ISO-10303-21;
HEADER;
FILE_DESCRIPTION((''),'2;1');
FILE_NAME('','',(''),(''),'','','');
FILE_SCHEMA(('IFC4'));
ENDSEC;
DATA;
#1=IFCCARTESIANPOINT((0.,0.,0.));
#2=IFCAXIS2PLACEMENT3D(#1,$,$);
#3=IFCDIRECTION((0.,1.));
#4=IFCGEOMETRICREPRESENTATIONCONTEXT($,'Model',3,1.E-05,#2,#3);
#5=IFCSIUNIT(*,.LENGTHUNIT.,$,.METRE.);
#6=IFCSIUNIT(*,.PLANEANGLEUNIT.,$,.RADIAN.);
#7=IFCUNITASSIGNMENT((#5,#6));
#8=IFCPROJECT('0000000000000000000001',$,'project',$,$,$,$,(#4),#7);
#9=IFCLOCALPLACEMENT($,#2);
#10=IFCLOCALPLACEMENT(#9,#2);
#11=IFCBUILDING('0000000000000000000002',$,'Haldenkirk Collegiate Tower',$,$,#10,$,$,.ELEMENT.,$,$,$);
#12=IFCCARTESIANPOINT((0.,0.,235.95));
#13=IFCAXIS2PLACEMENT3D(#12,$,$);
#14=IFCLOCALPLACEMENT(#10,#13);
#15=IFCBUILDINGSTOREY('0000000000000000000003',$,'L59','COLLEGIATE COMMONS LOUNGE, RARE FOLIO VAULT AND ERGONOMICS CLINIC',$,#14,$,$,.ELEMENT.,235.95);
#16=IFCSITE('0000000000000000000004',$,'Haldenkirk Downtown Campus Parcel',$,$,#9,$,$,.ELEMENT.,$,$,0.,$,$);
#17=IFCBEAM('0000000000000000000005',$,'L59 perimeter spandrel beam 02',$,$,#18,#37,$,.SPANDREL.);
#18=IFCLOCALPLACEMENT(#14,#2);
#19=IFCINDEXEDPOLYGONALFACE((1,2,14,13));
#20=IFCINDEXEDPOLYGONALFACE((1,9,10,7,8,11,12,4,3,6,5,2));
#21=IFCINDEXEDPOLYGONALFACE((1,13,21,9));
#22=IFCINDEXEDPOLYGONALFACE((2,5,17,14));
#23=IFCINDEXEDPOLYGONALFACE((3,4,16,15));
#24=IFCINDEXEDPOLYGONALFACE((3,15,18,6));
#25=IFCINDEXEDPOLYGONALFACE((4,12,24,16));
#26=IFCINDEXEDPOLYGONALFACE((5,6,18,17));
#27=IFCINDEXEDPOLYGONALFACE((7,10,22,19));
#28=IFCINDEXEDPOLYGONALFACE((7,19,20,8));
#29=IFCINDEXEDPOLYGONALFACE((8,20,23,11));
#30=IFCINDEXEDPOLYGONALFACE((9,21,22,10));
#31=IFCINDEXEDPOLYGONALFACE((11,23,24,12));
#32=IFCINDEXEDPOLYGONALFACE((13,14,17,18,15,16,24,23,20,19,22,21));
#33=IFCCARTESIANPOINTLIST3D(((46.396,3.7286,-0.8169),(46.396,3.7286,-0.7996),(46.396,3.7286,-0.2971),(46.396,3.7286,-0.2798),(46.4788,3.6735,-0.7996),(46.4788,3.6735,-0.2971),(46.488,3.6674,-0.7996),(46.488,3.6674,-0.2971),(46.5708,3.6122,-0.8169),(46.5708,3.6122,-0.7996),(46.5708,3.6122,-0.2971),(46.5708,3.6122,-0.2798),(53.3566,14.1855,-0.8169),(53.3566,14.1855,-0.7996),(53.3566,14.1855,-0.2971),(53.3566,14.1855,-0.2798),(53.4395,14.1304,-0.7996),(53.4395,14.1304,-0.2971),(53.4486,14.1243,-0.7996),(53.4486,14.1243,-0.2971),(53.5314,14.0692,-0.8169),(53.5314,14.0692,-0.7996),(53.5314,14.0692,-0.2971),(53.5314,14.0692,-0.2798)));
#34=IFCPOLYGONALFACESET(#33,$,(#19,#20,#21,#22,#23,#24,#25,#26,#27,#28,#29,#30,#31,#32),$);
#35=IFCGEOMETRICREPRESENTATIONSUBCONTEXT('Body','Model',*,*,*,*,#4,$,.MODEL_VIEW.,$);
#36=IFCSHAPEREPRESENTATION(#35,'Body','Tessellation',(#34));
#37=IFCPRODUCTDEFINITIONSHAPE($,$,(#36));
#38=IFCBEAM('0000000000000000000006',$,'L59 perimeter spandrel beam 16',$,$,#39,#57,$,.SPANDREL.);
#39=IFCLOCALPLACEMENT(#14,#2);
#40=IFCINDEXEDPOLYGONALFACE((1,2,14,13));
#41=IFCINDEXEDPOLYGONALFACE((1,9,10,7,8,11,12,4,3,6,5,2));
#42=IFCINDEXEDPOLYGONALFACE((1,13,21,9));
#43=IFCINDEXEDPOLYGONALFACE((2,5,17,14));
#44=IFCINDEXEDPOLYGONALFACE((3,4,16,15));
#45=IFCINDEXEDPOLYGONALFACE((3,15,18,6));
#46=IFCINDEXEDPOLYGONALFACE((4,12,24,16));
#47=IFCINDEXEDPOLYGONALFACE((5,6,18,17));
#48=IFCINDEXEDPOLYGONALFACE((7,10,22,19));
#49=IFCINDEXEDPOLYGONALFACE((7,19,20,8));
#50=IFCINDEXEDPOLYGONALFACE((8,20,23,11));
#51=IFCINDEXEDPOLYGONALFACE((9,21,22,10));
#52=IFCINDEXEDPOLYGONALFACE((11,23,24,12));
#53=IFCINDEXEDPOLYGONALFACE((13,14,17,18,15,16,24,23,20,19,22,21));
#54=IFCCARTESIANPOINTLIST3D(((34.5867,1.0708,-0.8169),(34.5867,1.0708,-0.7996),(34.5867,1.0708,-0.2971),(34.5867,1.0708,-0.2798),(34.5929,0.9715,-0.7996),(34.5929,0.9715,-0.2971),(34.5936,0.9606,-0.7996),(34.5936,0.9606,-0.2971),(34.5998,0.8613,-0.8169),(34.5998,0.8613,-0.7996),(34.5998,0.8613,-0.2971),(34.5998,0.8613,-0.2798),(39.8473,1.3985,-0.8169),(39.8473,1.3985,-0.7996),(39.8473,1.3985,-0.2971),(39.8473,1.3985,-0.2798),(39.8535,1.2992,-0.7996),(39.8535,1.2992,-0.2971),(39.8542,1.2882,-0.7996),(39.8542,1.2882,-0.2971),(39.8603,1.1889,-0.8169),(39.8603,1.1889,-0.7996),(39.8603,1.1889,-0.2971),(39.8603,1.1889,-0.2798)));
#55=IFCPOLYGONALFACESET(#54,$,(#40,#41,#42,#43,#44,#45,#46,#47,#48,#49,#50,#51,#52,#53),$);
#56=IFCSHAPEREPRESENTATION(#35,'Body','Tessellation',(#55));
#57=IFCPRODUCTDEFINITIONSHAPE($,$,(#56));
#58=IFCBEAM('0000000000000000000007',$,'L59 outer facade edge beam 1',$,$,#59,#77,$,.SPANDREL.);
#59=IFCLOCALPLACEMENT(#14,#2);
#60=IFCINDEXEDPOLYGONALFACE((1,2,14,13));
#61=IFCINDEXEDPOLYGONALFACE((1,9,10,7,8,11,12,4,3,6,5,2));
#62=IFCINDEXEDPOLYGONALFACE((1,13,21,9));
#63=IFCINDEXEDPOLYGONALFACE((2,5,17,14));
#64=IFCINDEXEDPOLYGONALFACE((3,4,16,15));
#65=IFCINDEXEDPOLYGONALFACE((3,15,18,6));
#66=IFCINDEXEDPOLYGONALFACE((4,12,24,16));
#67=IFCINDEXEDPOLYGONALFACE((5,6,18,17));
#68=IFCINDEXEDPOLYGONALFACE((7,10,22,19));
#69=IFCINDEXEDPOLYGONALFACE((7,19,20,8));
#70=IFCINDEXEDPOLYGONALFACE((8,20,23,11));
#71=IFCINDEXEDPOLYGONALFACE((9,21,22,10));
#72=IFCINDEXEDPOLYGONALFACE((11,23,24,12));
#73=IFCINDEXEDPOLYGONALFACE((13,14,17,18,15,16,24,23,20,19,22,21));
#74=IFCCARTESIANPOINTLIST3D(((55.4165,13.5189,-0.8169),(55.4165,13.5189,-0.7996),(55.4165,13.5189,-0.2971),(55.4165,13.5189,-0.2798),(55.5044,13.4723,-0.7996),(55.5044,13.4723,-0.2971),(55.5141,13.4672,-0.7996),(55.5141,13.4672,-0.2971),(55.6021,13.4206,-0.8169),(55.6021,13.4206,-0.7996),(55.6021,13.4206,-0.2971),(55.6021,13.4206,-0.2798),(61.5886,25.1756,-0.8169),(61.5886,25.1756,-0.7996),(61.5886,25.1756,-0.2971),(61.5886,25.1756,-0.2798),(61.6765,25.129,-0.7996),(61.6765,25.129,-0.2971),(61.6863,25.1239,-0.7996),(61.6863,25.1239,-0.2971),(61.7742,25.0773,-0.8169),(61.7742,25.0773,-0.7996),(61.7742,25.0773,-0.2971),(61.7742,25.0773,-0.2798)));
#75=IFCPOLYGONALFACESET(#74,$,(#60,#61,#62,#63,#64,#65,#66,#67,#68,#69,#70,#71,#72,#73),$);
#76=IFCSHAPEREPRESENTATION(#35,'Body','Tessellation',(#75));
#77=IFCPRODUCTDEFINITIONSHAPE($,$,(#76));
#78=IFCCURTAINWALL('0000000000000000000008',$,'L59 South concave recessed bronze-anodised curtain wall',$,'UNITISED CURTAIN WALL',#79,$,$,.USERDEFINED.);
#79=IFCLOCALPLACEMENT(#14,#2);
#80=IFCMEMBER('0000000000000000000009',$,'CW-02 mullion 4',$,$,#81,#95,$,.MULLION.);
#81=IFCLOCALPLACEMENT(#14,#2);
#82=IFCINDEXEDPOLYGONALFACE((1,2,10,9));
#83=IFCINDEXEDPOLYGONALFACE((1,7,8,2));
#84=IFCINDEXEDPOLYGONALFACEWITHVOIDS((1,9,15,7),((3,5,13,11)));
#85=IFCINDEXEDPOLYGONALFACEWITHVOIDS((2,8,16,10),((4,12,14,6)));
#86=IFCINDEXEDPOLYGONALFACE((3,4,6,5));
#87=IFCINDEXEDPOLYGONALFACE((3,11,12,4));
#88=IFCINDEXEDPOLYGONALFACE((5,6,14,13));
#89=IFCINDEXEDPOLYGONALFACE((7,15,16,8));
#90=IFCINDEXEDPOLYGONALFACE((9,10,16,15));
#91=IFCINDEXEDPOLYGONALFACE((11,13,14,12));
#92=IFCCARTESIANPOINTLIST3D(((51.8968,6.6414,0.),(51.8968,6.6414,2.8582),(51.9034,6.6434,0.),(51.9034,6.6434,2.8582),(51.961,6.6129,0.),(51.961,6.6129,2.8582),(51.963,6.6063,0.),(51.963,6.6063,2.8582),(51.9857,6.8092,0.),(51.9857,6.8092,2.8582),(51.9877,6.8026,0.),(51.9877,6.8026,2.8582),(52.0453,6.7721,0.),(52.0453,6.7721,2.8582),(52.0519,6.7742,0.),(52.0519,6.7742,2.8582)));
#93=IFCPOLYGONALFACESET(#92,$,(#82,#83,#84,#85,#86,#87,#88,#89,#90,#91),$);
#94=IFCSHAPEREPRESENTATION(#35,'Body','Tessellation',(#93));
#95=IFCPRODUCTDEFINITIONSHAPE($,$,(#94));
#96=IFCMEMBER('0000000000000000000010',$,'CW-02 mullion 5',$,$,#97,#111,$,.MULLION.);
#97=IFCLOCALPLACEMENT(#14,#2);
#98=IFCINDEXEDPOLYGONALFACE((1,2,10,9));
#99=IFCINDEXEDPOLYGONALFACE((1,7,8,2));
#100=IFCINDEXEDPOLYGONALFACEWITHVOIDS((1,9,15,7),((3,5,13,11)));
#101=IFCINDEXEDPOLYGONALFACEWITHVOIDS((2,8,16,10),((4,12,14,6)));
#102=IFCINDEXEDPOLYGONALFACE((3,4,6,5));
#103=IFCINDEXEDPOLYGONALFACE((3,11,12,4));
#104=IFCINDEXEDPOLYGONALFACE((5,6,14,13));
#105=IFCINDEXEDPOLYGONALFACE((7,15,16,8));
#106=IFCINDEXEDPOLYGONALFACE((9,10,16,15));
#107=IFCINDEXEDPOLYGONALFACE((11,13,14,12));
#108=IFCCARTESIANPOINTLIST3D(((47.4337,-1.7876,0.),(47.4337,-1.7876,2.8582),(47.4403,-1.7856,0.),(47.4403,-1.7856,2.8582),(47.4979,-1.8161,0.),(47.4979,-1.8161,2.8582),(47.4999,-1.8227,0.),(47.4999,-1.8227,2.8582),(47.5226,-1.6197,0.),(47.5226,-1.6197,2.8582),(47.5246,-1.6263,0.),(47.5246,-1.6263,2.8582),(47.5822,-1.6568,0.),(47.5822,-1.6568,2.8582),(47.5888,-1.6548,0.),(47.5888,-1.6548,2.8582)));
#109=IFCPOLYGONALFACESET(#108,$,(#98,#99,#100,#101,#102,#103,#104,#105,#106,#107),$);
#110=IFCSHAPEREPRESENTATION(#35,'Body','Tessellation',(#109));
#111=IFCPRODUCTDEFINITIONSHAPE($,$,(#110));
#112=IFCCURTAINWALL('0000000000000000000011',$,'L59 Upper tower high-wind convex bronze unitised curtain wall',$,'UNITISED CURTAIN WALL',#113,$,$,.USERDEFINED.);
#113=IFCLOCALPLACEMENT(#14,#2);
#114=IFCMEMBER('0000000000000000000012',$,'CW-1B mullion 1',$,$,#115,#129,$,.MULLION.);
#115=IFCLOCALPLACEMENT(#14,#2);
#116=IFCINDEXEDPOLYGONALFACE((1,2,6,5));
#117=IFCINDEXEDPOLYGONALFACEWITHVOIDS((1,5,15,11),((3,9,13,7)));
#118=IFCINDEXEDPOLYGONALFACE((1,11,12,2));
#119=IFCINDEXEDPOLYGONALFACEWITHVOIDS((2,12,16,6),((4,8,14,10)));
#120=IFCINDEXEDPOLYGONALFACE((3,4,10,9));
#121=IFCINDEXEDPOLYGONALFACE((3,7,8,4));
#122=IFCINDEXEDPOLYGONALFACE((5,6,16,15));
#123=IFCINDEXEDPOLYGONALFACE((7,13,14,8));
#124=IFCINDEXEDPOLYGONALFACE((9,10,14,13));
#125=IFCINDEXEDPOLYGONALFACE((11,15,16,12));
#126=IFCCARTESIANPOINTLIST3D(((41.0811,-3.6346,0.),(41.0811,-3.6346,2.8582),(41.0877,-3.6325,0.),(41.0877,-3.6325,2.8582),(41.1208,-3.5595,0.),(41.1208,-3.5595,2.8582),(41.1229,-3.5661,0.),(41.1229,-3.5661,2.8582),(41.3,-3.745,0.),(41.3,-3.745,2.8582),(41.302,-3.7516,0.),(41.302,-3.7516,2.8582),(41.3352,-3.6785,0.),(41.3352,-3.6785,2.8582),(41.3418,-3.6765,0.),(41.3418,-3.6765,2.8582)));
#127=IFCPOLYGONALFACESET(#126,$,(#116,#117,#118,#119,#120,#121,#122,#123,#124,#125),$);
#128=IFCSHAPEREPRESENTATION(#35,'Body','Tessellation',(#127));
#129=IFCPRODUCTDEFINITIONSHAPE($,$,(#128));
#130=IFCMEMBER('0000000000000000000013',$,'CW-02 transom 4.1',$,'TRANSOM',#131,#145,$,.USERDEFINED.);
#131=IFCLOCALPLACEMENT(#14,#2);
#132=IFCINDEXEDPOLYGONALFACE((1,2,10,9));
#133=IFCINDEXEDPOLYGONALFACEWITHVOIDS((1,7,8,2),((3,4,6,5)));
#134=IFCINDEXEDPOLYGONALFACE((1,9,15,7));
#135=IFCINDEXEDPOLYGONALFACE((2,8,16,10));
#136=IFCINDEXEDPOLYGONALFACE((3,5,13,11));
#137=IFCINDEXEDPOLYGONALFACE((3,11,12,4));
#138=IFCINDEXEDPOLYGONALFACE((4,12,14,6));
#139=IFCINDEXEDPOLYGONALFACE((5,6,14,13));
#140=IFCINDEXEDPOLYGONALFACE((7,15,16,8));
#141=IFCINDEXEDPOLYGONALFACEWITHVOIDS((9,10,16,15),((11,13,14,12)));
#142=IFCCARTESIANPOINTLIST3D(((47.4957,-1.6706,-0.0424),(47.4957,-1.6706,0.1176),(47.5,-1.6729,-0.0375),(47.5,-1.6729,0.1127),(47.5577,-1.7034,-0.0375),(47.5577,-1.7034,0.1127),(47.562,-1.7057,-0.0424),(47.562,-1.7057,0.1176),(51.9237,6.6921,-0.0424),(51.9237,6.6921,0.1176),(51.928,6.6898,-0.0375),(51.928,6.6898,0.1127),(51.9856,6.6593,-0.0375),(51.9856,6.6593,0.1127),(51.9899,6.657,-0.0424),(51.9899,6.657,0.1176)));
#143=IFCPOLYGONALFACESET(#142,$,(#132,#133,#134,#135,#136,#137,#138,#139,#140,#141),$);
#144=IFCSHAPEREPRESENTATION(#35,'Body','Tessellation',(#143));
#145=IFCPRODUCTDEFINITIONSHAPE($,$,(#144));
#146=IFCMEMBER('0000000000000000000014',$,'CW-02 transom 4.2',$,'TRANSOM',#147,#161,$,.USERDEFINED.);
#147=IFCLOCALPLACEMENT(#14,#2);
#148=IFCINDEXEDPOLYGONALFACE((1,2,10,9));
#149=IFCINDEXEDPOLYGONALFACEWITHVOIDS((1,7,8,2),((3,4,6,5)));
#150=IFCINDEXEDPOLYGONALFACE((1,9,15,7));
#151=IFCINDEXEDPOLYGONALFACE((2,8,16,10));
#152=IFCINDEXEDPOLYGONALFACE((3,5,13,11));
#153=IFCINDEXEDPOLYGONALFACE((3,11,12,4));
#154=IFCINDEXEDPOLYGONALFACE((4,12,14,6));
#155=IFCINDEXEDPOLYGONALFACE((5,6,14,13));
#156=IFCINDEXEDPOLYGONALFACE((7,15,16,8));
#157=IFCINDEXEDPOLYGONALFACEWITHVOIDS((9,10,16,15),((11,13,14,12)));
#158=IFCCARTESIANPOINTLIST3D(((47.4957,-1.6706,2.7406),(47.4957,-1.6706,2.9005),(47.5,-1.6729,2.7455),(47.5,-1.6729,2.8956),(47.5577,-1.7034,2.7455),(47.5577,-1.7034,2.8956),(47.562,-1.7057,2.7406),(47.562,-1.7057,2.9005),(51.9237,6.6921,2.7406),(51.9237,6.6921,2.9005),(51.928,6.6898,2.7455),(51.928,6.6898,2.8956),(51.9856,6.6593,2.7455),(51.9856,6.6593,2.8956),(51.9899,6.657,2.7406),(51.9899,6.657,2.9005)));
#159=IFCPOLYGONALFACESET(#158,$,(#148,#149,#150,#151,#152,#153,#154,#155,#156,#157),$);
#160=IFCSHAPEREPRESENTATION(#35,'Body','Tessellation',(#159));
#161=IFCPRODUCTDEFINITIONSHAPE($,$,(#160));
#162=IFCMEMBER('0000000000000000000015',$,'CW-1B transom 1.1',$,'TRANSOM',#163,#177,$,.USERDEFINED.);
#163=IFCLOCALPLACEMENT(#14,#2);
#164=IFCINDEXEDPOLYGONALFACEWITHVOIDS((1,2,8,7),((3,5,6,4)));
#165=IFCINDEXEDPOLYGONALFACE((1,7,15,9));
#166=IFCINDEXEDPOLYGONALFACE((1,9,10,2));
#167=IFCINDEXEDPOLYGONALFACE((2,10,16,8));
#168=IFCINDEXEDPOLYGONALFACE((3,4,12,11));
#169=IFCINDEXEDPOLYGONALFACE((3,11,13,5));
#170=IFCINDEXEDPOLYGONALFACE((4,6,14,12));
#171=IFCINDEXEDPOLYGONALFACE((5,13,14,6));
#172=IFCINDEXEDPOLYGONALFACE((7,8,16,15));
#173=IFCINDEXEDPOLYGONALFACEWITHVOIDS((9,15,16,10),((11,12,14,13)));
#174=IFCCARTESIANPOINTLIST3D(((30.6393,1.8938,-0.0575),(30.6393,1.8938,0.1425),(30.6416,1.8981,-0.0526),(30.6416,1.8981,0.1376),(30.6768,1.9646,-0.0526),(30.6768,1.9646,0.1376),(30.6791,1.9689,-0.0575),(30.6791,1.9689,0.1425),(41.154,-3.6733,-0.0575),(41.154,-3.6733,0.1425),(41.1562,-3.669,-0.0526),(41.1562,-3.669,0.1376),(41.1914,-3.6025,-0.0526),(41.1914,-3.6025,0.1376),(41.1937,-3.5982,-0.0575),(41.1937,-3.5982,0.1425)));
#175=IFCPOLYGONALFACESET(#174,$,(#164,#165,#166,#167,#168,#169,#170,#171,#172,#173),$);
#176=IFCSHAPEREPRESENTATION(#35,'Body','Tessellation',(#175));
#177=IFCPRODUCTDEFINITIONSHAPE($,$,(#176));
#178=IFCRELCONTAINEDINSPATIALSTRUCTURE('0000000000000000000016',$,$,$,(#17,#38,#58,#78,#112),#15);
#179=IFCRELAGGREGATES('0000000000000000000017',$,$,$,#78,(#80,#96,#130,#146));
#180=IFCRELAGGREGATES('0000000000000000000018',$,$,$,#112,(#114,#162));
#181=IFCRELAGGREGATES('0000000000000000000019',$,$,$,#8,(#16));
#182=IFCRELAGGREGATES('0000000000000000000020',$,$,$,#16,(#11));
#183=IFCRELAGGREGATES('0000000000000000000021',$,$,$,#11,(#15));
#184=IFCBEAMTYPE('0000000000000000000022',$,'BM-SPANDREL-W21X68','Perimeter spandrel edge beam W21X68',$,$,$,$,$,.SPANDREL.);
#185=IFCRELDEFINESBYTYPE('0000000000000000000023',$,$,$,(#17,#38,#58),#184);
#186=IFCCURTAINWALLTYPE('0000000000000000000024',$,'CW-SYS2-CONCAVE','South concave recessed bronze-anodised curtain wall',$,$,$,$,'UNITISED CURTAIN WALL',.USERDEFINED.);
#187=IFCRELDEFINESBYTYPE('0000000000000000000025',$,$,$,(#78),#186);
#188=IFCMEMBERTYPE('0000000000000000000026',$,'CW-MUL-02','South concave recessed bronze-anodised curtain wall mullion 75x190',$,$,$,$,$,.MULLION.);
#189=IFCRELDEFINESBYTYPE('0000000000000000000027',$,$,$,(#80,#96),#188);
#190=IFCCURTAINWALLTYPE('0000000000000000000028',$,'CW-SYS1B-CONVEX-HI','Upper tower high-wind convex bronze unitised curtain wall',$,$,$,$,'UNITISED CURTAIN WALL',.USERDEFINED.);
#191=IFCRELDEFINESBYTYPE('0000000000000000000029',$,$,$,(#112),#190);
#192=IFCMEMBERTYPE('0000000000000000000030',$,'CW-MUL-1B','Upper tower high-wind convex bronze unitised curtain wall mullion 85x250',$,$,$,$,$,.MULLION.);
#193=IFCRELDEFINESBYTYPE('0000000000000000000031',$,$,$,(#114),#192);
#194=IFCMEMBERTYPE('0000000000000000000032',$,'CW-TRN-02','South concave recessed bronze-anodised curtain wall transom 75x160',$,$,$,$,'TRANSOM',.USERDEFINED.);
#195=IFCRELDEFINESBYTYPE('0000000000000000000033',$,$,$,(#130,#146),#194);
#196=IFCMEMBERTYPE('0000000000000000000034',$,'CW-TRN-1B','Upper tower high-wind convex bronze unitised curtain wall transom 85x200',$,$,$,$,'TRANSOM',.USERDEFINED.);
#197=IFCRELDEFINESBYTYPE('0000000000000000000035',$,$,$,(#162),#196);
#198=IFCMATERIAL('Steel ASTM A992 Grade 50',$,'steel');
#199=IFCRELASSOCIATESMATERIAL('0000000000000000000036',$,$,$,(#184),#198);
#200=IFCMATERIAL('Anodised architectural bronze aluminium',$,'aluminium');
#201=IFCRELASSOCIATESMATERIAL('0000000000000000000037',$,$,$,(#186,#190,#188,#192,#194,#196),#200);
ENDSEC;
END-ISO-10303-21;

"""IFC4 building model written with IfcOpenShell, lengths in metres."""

from ifc_helpers import new_model, si_unit, direction, frame, origin, origin_2d, place, context, subcontext, project, spatial, hollow_rectangle, i_section, extrude, material, material_profile, profile_set, type_object, element, aggregate, save


model = new_model("IFC4")

# Units and contexts
model_context = context("Model", 3, precision=1e-05, world=origin(), true_north=direction((0.0, 1.0)))
body_context = subcontext(model_context, "Body", "Model", "MODEL_VIEW")
ifc_project = project(units=[si_unit("LENGTHUNIT", "METRE"), si_unit("PLANEANGLEUNIT", "RADIAN")], contexts=[model_context])

# Site, building, storey
site_placement = place(None, origin())
site = spatial("IfcSite", under=ifc_project, at=site_placement, Name="Haldenkirk Downtown Campus Parcel", CompositionType="ELEMENT", RefElevation=0.0)
building_placement = place(site_placement, origin())
building = spatial("IfcBuilding", under=site, at=building_placement, Name="Haldenkirk Collegiate Tower", CompositionType="ELEMENT")
storey_placement = place(building_placement, frame((0.0, 0.0, 235.95)))
storey = spatial("IfcBuildingStorey", under=building, at=storey_placement, Name="L59", Description="COLLEGIATE COMMONS LOUNGE, RARE FOLIO VAULT AND ERGONOMICS CLINIC", CompositionType="ELEMENT", Elevation=235.95)

# Beams
ifc_material_1 = material(Name="Steel ASTM A992 Grade 50", Category="steel")
ifc_material_profile_1 = material_profile(ifc_material_1, i_section(OverallWidth=0.21, OverallDepth=0.5371, WebThickness=0.011, FlangeThickness=0.0173, at=origin_2d()), Name="W21X68")
ifc_profile_set_1 = profile_set([ifc_material_profile_1], Name="Steel ASTM A992 Grade 50")
beam_type_1 = type_object("IfcBeamType", Name="BM-SPANDREL-W21X68", Description="Perimeter spandrel edge beam W21X68", PredefinedType="SPANDREL", material=ifc_profile_set_1)
beam_1_placement = place(storey_placement, frame((46.4834, 3.6704, -0.5483), z_axis=(0.554113, 0.832442, 0.0), x_axis=(-0.832442, 0.554113, 0.0)))
element("IfcBeam", 1, at=beam_1_placement, inside=storey, type_object=beam_type_1, Name="L59 perimeter spandrel beam 02", PredefinedType="SPANDREL", context=body_context, shape_type="SweptSolid", body=[
    extrude(i_section(OverallWidth=0.21, OverallDepth=0.5371, WebThickness=0.011, FlangeThickness=0.0173, at=origin_2d()), origin(), (0.0, 0.0, 1.0), 12.5618),
])
beam_2_placement = place(storey_placement, frame((34.5933, 0.9661, -0.5483), z_axis=(0.998066, 0.062162, 0.0), x_axis=(-0.062162, 0.998066, 0.0)))
element("IfcBeam", 2, at=beam_2_placement, inside=storey, type_object=beam_type_1, Name="L59 perimeter spandrel beam 16", PredefinedType="SPANDREL", context=body_context, shape_type="SweptSolid", body=[
    extrude(i_section(OverallWidth=0.21, OverallDepth=0.5371, WebThickness=0.011, FlangeThickness=0.0173, at=origin_2d()), origin(), (0.0, 0.0, 1.0), 5.2708),
])
beam_3_placement = place(storey_placement, frame((55.5093, 13.4697, -0.5483), z_axis=(0.467941, 0.88376, 0.0), x_axis=(-0.88376, 0.467941, 0.0)))
element("IfcBeam", 3, at=beam_3_placement, inside=storey, type_object=beam_type_1, Name="L59 outer facade edge beam 1", PredefinedType="SPANDREL", context=body_context, shape_type="SweptSolid", body=[
    extrude(i_section(OverallWidth=0.21, OverallDepth=0.5371, WebThickness=0.011, FlangeThickness=0.0173, at=origin_2d()), origin(), (0.0, 0.0, 1.0), 13.1899),
])

# Curtain wall, members
ifc_material_2 = material(Name="Anodised architectural bronze aluminium", Category="aluminium")
curtain_wall_type_1 = type_object("IfcCurtainWallType", Name="CW-SYS2-CONCAVE", Description="South concave recessed bronze-anodised curtain wall", ElementType="UNITISED CURTAIN WALL", PredefinedType="USERDEFINED", material=ifc_material_2)
curtain_wall_1_placement = place(storey_placement, origin())
curtain_wall_1 = element("IfcCurtainWall", 4, at=curtain_wall_1_placement, inside=storey, type_object=curtain_wall_type_1, Name="L59 South concave recessed bronze-anodised curtain wall", ObjectType="UNITISED CURTAIN WALL", PredefinedType="USERDEFINED")
ifc_material_profile_2 = material_profile(ifc_material_2, hollow_rectangle(XDim=0.075, YDim=0.1899, WallThickness=0.0049, at=origin_2d()), Name="CW-MUL-02")
ifc_profile_set_2 = profile_set([ifc_material_profile_2], Name="Anodised architectural bronze aluminium")
member_type_1 = type_object("IfcMemberType", Name="CW-MUL-02", Description="South concave recessed bronze-anodised curtain wall mullion 75x190", PredefinedType="MULLION", material=ifc_profile_set_2)
member_1_placement = place(storey_placement, frame((51.9744, 6.7078, 0.0), z_axis=(0.0, 0.0, 1.0), x_axis=(0.883765, -0.467932, 0.0)))
member_1 = element("IfcMember", 5, at=member_1_placement, type_object=member_type_1, Name="CW-02 mullion 4", PredefinedType="MULLION", context=body_context, shape_type="SweptSolid", body=[
    extrude(hollow_rectangle(XDim=0.075, YDim=0.1899, WallThickness=0.0049, at=origin_2d()), origin(), (0.0, 0.0, 1.0), 2.8582),
])
member_2_placement = place(storey_placement, frame((47.5112, -1.7212, 0.0), z_axis=(0.0, 0.0, 1.0), x_axis=(0.883765, -0.467932, 0.0)))
member_2 = element("IfcMember", 6, at=member_2_placement, type_object=member_type_1, Name="CW-02 mullion 5", PredefinedType="MULLION", context=body_context, shape_type="SweptSolid", body=[
    extrude(hollow_rectangle(XDim=0.075, YDim=0.1899, WallThickness=0.0049, at=origin_2d()), origin(), (0.0, 0.0, 1.0), 2.8582),
])

# Curtain wall, member
curtain_wall_type_2 = type_object("IfcCurtainWallType", Name="CW-SYS1B-CONVEX-HI", Description="Upper tower high-wind convex bronze unitised curtain wall", ElementType="UNITISED CURTAIN WALL", PredefinedType="USERDEFINED", material=ifc_material_2)
curtain_wall_2_placement = place(storey_placement, origin())
curtain_wall_2 = element("IfcCurtainWall", 7, at=curtain_wall_2_placement, inside=storey, type_object=curtain_wall_type_2, Name="L59 Upper tower high-wind convex bronze unitised curtain wall", ObjectType="UNITISED CURTAIN WALL", PredefinedType="USERDEFINED")
ifc_material_profile_3 = material_profile(ifc_material_2, hollow_rectangle(XDim=0.085, YDim=0.25, WallThickness=0.0049, at=origin_2d()), Name="CW-MUL-1B")
ifc_profile_set_3 = profile_set([ifc_material_profile_3], Name="Anodised architectural bronze aluminium")
member_type_2 = type_object("IfcMemberType", Name="CW-MUL-1B", Description="Upper tower high-wind convex bronze unitised curtain wall mullion 85x250", PredefinedType="MULLION", material=ifc_profile_set_3)
member_3_placement = place(storey_placement, frame((41.2114, -3.6555, 0.0), z_axis=(0.0, 0.0, 1.0), x_axis=(-0.467931, -0.883765, 0.0)))
member_3 = element("IfcMember", 8, at=member_3_placement, type_object=member_type_2, Name="CW-1B mullion 1", PredefinedType="MULLION", context=body_context, shape_type="SweptSolid", body=[
    extrude(hollow_rectangle(XDim=0.085, YDim=0.25, WallThickness=0.0049, at=origin_2d()), origin(), (0.0, 0.0, 1.0), 2.8582),
])

# Members
ifc_material_profile_4 = material_profile(ifc_material_2, hollow_rectangle(XDim=0.075, YDim=0.1599, WallThickness=0.0049, at=origin_2d()), Name="CW-TRN-02")
ifc_profile_set_4 = profile_set([ifc_material_profile_4], Name="Anodised architectural bronze aluminium")
member_type_3 = type_object("IfcMemberType", Name="CW-TRN-02", Description="South concave recessed bronze-anodised curtain wall transom 75x160", ElementType="TRANSOM", PredefinedType="USERDEFINED", material=ifc_profile_set_4)
member_4_placement = place(storey_placement, frame((51.9568, 6.6746, 0.0376), z_axis=(-0.467939, -0.883761, 0.0), x_axis=(0.883761, -0.467939, 0.0)))
member_4 = element("IfcMember", 9, at=member_4_placement, type_object=member_type_3, Name="CW-02 transom 4.1", ObjectType="TRANSOM", PredefinedType="USERDEFINED", context=body_context, shape_type="SweptSolid", body=[
    extrude(hollow_rectangle(XDim=0.075, YDim=0.1599, WallThickness=0.0049, at=origin_2d()), origin(), (0.0, 0.0, 1.0), 9.4626),
])
member_5_placement = place(storey_placement, frame((51.9568, 6.6746, 2.8206), z_axis=(-0.467939, -0.883761, 0.0), x_axis=(0.883761, -0.467939, 0.0)))
member_5 = element("IfcMember", 10, at=member_5_placement, type_object=member_type_3, Name="CW-02 transom 4.2", ObjectType="TRANSOM", PredefinedType="USERDEFINED", context=body_context, shape_type="SweptSolid", body=[
    extrude(hollow_rectangle(XDim=0.075, YDim=0.1599, WallThickness=0.0049, at=origin_2d()), origin(), (0.0, 0.0, 1.0), 9.4626),
])
ifc_material_profile_5 = material_profile(ifc_material_2, hollow_rectangle(XDim=0.085, YDim=0.2, WallThickness=0.0049, at=origin_2d()), Name="CW-TRN-1B")
ifc_profile_set_5 = profile_set([ifc_material_profile_5], Name="Anodised architectural bronze aluminium")
member_type_4 = type_object("IfcMemberType", Name="CW-TRN-1B", Description="Upper tower high-wind convex bronze unitised curtain wall transom 85x200", ElementType="TRANSOM", PredefinedType="USERDEFINED", material=ifc_profile_set_5)
member_6_placement = place(storey_placement, frame((41.1738, -3.6357, 0.0425), z_axis=(-0.883768, 0.467924, 0.0), x_axis=(-0.467924, -0.883768, 0.0)))
member_6 = element("IfcMember", 11, at=member_6_placement, type_object=member_type_4, Name="CW-1B transom 1.1", ObjectType="TRANSOM", PredefinedType="USERDEFINED", context=body_context, shape_type="SweptSolid", body=[
    extrude(hollow_rectangle(XDim=0.085, YDim=0.2, WallThickness=0.0049, at=origin_2d()), origin(), (0.0, 0.0, 1.0), 11.8975),
])

aggregate(curtain_wall_1, [member_1, member_2, member_4, member_5])
aggregate(curtain_wall_2, [member_3, member_6])

save(model, "model.ifc")
